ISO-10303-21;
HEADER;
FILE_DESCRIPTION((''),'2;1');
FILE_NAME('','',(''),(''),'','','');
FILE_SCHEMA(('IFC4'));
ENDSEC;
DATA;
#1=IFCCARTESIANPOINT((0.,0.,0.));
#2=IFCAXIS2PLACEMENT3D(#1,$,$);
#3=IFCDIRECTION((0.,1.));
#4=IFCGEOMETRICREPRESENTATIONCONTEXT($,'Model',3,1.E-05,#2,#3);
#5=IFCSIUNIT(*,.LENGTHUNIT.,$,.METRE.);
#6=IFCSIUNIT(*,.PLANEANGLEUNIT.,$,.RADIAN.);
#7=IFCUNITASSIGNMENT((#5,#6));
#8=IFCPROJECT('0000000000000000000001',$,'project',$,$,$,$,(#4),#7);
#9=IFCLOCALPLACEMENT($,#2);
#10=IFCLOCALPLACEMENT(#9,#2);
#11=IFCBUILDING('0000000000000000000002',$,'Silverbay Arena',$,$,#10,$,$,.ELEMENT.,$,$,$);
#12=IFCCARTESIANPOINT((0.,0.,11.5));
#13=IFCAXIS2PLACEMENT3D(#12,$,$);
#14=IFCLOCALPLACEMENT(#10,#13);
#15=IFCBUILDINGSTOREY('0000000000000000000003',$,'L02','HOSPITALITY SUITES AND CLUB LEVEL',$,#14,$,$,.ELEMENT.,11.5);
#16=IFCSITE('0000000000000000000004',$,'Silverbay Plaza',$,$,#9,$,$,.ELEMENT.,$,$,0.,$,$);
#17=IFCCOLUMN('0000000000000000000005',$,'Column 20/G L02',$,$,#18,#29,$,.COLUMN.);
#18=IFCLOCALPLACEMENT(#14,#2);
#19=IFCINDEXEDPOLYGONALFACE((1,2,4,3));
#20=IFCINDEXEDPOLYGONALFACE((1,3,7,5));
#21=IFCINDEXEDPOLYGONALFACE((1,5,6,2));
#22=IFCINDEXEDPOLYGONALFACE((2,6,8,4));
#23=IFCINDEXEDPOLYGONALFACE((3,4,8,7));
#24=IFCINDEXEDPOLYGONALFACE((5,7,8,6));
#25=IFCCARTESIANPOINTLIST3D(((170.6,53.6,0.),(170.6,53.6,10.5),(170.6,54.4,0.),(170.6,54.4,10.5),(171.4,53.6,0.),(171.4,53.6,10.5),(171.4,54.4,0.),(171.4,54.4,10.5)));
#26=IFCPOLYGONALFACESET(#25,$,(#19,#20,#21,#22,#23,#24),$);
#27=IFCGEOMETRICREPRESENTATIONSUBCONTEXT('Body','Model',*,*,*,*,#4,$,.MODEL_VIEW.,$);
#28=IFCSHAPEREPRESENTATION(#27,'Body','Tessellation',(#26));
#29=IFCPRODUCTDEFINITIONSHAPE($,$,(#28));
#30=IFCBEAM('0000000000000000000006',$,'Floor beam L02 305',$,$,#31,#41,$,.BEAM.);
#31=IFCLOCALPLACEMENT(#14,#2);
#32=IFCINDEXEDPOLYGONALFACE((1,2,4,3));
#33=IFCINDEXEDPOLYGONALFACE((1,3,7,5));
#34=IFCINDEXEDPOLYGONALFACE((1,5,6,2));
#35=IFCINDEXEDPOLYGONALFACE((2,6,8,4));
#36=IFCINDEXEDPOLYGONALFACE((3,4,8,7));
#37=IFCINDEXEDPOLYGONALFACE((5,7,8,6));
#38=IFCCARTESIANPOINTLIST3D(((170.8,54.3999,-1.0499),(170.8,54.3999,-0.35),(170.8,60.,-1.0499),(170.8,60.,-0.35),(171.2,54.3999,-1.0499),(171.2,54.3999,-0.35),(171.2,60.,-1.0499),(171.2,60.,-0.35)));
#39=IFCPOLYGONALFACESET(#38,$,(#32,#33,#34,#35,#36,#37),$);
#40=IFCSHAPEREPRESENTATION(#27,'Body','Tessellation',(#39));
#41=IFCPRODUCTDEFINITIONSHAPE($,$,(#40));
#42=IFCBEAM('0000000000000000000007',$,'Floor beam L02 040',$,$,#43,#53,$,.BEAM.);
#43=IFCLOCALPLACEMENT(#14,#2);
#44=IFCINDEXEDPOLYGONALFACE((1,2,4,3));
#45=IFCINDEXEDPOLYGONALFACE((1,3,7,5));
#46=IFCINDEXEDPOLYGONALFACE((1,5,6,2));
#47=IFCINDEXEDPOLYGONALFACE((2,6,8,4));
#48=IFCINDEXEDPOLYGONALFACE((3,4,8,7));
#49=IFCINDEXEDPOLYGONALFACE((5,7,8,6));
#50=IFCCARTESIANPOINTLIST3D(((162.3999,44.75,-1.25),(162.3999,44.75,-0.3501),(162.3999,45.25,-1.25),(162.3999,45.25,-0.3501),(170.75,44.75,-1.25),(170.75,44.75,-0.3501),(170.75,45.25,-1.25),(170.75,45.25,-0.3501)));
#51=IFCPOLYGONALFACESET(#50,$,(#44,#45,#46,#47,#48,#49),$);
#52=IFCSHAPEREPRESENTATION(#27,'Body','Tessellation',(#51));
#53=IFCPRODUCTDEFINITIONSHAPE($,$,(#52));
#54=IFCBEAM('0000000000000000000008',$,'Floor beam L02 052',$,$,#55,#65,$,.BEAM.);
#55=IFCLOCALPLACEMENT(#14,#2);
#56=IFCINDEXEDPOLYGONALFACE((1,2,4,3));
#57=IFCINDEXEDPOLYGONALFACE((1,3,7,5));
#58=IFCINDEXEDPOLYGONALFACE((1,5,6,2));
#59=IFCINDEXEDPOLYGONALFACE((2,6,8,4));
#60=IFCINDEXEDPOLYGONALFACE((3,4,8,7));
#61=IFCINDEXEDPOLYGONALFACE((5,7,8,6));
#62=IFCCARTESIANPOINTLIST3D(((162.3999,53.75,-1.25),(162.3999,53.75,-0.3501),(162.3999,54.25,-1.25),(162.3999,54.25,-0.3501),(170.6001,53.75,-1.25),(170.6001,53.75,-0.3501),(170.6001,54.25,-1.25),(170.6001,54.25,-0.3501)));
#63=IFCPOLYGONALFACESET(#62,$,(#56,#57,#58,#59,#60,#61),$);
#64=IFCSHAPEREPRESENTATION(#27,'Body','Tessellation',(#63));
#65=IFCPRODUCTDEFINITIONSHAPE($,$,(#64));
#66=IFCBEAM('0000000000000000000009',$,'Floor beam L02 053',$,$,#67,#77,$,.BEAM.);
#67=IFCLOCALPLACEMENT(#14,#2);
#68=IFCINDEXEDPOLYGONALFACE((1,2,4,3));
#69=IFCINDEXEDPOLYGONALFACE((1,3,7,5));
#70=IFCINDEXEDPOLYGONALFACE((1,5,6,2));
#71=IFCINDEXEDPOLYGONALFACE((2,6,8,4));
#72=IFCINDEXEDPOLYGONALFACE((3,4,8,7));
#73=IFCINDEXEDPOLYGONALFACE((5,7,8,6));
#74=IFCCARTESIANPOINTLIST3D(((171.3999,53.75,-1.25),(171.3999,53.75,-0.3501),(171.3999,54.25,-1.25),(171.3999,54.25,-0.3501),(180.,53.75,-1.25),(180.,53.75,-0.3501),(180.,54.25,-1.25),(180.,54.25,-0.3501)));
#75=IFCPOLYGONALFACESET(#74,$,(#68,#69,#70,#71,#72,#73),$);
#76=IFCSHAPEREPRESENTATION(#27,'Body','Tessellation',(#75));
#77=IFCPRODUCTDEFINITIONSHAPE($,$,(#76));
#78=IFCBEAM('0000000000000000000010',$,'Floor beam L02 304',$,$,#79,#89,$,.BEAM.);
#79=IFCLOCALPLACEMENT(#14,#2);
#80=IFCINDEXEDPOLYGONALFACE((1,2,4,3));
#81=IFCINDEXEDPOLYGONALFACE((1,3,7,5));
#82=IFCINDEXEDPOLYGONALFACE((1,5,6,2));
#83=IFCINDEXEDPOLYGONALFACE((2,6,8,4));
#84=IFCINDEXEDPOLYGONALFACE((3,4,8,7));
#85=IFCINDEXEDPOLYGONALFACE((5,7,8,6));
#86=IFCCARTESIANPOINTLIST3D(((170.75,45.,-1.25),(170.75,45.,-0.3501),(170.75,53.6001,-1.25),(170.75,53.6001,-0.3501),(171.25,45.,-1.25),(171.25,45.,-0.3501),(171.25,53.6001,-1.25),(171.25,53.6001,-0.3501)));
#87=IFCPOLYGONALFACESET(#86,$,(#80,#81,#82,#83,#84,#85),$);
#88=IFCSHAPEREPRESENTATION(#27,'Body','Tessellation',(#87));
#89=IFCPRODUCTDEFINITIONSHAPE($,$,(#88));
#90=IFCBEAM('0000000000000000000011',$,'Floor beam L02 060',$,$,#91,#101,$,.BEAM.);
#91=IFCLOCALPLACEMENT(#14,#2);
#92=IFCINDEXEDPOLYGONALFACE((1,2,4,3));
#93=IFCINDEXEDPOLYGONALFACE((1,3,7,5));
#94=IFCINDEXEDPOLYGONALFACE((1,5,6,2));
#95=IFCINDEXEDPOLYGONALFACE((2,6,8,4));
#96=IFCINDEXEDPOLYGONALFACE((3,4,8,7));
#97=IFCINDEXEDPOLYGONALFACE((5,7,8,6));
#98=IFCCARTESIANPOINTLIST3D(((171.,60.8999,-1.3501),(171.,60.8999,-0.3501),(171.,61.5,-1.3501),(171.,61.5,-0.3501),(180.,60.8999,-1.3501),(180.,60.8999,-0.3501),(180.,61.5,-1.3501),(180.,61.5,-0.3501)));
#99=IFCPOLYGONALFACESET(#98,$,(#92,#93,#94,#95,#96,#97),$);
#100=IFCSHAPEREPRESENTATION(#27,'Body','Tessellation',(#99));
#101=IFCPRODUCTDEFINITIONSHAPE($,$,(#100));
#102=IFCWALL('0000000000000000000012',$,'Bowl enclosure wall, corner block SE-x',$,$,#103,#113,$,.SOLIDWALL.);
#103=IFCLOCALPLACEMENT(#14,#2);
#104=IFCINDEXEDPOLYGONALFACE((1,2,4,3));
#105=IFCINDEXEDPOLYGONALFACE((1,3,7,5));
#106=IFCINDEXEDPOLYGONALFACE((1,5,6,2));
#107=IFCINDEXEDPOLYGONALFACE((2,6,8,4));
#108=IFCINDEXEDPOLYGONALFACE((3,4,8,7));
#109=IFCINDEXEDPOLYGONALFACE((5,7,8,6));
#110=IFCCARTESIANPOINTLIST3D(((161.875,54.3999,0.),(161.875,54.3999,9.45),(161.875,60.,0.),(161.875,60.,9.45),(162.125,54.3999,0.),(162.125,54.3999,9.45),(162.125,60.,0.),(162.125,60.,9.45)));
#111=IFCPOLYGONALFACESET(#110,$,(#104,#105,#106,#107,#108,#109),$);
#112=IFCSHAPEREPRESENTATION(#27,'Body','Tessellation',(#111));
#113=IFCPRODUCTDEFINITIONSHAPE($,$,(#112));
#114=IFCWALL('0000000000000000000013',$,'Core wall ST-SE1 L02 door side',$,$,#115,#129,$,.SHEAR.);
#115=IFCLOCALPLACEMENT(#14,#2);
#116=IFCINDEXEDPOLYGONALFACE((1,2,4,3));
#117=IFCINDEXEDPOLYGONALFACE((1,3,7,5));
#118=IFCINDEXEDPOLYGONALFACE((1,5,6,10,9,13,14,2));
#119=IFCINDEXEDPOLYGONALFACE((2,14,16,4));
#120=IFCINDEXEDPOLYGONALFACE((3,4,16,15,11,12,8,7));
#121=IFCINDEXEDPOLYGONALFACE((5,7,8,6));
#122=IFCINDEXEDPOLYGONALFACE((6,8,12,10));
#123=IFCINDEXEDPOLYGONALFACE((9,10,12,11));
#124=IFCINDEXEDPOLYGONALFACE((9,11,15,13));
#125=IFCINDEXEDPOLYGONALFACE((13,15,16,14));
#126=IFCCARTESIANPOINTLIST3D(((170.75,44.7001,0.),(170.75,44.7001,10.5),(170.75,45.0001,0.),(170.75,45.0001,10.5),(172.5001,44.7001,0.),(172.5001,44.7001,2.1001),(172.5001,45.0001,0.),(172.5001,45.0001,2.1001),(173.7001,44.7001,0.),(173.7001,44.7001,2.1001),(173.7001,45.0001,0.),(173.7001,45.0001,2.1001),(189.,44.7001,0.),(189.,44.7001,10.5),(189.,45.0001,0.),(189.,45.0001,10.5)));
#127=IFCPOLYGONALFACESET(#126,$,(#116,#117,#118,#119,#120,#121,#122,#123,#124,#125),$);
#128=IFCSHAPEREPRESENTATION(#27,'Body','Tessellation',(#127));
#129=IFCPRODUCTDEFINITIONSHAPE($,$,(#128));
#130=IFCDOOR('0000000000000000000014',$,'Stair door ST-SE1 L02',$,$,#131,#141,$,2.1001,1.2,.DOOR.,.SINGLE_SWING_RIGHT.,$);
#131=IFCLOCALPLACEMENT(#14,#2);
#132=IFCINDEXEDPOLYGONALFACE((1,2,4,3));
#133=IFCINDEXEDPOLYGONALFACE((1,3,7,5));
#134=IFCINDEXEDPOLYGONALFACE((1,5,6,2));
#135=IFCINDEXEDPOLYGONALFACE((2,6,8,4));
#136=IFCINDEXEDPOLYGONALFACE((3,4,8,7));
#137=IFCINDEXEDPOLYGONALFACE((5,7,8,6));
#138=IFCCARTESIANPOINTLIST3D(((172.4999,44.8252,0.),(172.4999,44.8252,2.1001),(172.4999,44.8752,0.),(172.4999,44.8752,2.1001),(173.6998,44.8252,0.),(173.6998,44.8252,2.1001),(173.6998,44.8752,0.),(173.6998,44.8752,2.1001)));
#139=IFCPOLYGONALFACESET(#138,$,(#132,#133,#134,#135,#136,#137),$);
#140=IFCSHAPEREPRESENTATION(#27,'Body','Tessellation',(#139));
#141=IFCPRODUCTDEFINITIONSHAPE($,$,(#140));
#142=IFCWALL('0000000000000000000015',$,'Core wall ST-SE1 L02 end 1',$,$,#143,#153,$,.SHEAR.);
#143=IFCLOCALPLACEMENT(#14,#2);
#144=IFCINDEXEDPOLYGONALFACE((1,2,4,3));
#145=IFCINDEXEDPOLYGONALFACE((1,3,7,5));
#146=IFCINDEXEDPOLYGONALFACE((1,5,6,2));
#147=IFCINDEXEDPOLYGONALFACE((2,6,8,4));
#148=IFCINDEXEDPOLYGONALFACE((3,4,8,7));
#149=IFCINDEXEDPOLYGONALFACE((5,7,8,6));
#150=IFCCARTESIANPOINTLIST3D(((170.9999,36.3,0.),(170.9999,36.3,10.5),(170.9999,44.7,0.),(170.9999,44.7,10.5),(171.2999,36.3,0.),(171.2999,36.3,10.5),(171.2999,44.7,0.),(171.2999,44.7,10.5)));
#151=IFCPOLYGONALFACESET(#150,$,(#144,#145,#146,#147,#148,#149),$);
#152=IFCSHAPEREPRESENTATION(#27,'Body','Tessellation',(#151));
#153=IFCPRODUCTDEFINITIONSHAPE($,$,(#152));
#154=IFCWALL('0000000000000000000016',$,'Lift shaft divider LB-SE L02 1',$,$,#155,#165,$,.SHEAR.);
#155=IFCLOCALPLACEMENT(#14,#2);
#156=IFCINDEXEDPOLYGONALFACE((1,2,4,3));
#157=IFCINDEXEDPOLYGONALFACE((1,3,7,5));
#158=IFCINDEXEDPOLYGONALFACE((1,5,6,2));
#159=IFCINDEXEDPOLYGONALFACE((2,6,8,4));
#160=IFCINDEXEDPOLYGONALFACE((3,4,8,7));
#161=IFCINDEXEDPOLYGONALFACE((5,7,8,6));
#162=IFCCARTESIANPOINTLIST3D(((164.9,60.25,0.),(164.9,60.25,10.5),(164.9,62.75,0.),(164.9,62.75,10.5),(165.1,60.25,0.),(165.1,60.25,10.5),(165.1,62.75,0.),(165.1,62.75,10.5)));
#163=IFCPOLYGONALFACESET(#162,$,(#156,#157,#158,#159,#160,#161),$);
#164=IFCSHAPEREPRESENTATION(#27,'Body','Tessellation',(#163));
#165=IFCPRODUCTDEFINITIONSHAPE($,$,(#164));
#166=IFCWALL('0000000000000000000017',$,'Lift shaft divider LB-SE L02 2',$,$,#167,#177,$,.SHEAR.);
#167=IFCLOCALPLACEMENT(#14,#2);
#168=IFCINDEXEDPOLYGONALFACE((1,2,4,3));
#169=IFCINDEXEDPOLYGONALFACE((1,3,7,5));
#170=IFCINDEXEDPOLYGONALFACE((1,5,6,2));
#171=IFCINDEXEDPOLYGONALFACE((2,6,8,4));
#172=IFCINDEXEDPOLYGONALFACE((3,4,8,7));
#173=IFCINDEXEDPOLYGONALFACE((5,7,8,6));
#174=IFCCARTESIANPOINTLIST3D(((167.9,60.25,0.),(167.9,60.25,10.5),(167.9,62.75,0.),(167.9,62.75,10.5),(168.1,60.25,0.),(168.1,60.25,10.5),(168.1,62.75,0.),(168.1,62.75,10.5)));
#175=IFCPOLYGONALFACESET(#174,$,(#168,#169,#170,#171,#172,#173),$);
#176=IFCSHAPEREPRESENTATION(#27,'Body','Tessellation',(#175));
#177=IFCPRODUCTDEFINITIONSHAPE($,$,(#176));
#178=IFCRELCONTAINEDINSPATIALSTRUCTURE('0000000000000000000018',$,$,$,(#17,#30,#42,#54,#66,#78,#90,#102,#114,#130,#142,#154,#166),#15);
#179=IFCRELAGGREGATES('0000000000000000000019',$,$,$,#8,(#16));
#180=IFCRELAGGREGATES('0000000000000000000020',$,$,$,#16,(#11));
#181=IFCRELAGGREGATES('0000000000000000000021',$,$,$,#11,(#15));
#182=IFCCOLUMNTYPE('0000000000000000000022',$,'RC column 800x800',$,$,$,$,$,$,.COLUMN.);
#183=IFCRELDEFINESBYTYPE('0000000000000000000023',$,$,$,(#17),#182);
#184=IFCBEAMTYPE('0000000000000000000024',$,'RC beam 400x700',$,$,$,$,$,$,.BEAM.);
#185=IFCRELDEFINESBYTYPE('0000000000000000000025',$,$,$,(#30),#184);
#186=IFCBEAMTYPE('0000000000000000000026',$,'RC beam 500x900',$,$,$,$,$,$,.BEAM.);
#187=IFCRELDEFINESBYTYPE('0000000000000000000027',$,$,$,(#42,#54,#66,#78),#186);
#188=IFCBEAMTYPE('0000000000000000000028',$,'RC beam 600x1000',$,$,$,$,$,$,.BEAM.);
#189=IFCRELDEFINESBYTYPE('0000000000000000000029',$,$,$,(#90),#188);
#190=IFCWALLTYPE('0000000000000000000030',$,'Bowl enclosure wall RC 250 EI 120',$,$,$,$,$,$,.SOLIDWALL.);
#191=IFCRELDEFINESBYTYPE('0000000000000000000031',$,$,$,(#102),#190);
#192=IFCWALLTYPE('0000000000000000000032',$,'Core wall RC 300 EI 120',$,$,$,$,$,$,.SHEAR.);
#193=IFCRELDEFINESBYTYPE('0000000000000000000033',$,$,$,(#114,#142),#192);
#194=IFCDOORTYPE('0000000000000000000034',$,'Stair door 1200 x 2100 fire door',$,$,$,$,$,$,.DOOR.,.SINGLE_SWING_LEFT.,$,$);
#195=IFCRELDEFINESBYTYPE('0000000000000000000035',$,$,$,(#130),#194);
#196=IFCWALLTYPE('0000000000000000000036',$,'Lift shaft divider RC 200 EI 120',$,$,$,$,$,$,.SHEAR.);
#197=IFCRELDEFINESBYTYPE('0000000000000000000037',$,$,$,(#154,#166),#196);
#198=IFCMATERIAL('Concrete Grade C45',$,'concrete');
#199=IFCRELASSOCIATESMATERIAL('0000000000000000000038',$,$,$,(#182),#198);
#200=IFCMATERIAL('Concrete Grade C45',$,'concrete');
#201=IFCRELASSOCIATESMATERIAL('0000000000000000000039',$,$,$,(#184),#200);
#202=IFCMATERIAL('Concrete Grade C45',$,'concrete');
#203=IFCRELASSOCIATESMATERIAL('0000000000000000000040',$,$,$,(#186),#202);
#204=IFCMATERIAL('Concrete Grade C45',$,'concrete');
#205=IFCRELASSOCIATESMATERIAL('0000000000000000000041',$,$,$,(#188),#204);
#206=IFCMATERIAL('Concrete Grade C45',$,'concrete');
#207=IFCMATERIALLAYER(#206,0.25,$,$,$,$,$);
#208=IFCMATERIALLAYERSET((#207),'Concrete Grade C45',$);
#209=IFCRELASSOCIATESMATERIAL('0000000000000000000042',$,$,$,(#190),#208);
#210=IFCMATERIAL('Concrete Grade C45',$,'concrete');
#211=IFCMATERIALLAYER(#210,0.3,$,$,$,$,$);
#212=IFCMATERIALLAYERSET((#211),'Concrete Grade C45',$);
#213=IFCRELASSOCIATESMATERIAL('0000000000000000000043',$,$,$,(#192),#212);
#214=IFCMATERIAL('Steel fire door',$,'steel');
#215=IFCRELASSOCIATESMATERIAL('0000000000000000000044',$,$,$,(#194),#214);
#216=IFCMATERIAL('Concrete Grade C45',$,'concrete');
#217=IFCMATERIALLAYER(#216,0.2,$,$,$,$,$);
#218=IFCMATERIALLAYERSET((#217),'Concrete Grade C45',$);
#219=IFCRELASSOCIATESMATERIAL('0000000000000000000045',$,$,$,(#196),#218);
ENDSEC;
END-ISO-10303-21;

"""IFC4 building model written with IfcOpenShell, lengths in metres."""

from ifc_helpers import new_model, si_unit, direction, frame, frame_2d, origin, origin_2d, place, context, subcontext, project, spatial, rectangle, extrude, material, layer, layer_set, material_profile, profile_set, type_object, element, fill, save


model = new_model("IFC4")

# Units and contexts
model_context = context("Model", 3, precision=1e-05, world=origin(), true_north=direction((0.0, 1.0)))
body_context = subcontext(model_context, "Body", "Model", "MODEL_VIEW")
ifc_project = project(units=[si_unit("LENGTHUNIT", "METRE"), si_unit("PLANEANGLEUNIT", "RADIAN")], contexts=[model_context])

# Site, building, storey
site_placement = place(None, origin())
site = spatial("IfcSite", under=ifc_project, at=site_placement, Name="Silverbay Plaza", CompositionType="ELEMENT", RefElevation=0.0)
building_placement = place(site_placement, origin())
building = spatial("IfcBuilding", under=site, at=building_placement, Name="Silverbay Arena", CompositionType="ELEMENT")
storey_placement = place(building_placement, frame((0.0, 0.0, 11.5)))
storey = spatial("IfcBuildingStorey", under=building, at=storey_placement, Name="L02", Description="HOSPITALITY SUITES AND CLUB LEVEL", CompositionType="ELEMENT", Elevation=11.5)

# Column
ifc_material_1 = material(Name="Concrete Grade C45", Category="concrete")
ifc_material_profile_1 = material_profile(ifc_material_1, rectangle(XDim=0.8, YDim=0.8, at=origin_2d()), Name="RC 800x800")
ifc_profile_set_1 = profile_set([ifc_material_profile_1], Name="Concrete Grade C45")
column_type = type_object("IfcColumnType", Name="RC column 800x800", PredefinedType="COLUMN", material=ifc_profile_set_1)
column_placement = place(storey_placement, frame((171.0, 54.0, 0.0), z_axis=(0.0, 0.0, 1.0), x_axis=(1.0, 0.0, 0.0)))
element("IfcColumn", 1, at=column_placement, inside=storey, type_object=column_type, Name="Column 20/G L02", PredefinedType="COLUMN", context=body_context, shape_type="SweptSolid", body=[
    extrude(rectangle(XDim=0.8, YDim=0.8, at=origin_2d()), origin(), (0.0, 0.0, 1.0), 10.5),
])

# Beams
ifc_material_2 = material(Name="Concrete Grade C45", Category="concrete")
ifc_material_profile_2 = material_profile(ifc_material_2, rectangle(XDim=0.3999, YDim=0.7, at=origin_2d()), Name="RC 400x700")
ifc_profile_set_2 = profile_set([ifc_material_profile_2], Name="Concrete Grade C45")
beam_type_1 = type_object("IfcBeamType", Name="RC beam 400x700", PredefinedType="BEAM", material=ifc_profile_set_2)
beam_1_placement = place(storey_placement, frame((171.0, 54.3999, -0.7), z_axis=(0.0, 1.0, 0.0), x_axis=(-1.0, 0.0, 0.0)))
element("IfcBeam", 2, at=beam_1_placement, inside=storey, type_object=beam_type_1, Name="Floor beam L02 305", PredefinedType="BEAM", context=body_context, shape_type="SweptSolid", body=[
    extrude(rectangle(XDim=0.3999, YDim=0.7, at=origin_2d()), origin(), (0.0, 0.0, 1.0), 5.6001),
])
ifc_material_3 = material(Name="Concrete Grade C45", Category="concrete")
ifc_material_profile_3 = material_profile(ifc_material_3, rectangle(XDim=0.5, YDim=0.8999, at=origin_2d()), Name="RC 500x900")
ifc_profile_set_3 = profile_set([ifc_material_profile_3], Name="Concrete Grade C45")
beam_type_2 = type_object("IfcBeamType", Name="RC beam 500x900", PredefinedType="BEAM", material=ifc_profile_set_3)
beam_2_placement = place(storey_placement, frame((162.3999, 45.0, -0.8), z_axis=(1.0, 0.0, 0.0), x_axis=(0.0, 1.0, 0.0)))
element("IfcBeam", 3, at=beam_2_placement, inside=storey, type_object=beam_type_2, Name="Floor beam L02 040", PredefinedType="BEAM", context=body_context, shape_type="SweptSolid", body=[
    extrude(rectangle(XDim=0.5, YDim=0.8999, at=origin_2d()), origin(), (0.0, 0.0, 1.0), 8.3501),
])
beam_3_placement = place(storey_placement, frame((162.3999, 54.0, -0.8), z_axis=(1.0, 0.0, 0.0), x_axis=(0.0, 1.0, 0.0)))
element("IfcBeam", 4, at=beam_3_placement, inside=storey, type_object=beam_type_2, Name="Floor beam L02 052", PredefinedType="BEAM", context=body_context, shape_type="SweptSolid", body=[
    extrude(rectangle(XDim=0.5, YDim=0.8999, at=origin_2d()), origin(), (0.0, 0.0, 1.0), 8.2002),
])
for number, where, z_axis, x_axis, name in (
    (5, (171.3999, 54.0, -0.8), (1.0, 0.0, 0.0), (0.0, 1.0, 0.0), "Floor beam L02 053"),
    (6, (171.0, 45.0, -0.8), (0.0, 1.0, 0.0), (-1.0, 0.0, 0.0), "Floor beam L02 304"),
):
    element("IfcBeam", number, at=place(storey_placement, frame(where, z_axis=z_axis, x_axis=x_axis)), inside=storey, type_object=beam_type_2, Name=name, PredefinedType="BEAM", context=body_context, shape_type="SweptSolid", body=[
        extrude(rectangle(XDim=0.5, YDim=0.8999, at=origin_2d()), origin(), (0.0, 0.0, 1.0), 8.6001),
    ])
ifc_material_4 = material(Name="Concrete Grade C45", Category="concrete")
ifc_material_profile_4 = material_profile(ifc_material_4, rectangle(XDim=0.6001, YDim=1.0, at=origin_2d()), Name="RC 600x1000")
ifc_profile_set_4 = profile_set([ifc_material_profile_4], Name="Concrete Grade C45")
beam_type_3 = type_object("IfcBeamType", Name="RC beam 600x1000", PredefinedType="BEAM", material=ifc_profile_set_4)
beam_4_placement = place(storey_placement, frame((171.0, 61.2, -0.8501), z_axis=(1.0, 0.0, 0.0), x_axis=(0.0, 1.0, 0.0)))
element("IfcBeam", 7, at=beam_4_placement, inside=storey, type_object=beam_type_3, Name="Floor beam L02 060", PredefinedType="BEAM", context=body_context, shape_type="SweptSolid", body=[
    extrude(rectangle(XDim=0.6001, YDim=1.0, at=origin_2d()), origin(), (0.0, 0.0, 1.0), 9.0),
])

# Wall
ifc_material_5 = material(Name="Concrete Grade C45", Category="concrete")
ifc_layer_1 = layer(ifc_material_5, 0.25)
ifc_layer_set_1 = layer_set([ifc_layer_1], Name="Concrete Grade C45")
wall_type_1 = type_object("IfcWallType", Name="Bowl enclosure wall RC 250 EI 120", PredefinedType="SOLIDWALL", material=ifc_layer_set_1)
wall_1_placement = place(storey_placement, frame((162.0, 54.3999, 0.0), z_axis=(0.0, 0.0, 1.0), x_axis=(0.0, 1.0, 0.0)))
element("IfcWall", 8, at=wall_1_placement, inside=storey, type_object=wall_type_1, Name="Bowl enclosure wall, corner block SE-x", PredefinedType="SOLIDWALL", context=body_context, shape_type="SweptSolid", body=[
    extrude(rectangle(XDim=5.6001, YDim=0.25, at=frame_2d((2.8, 0.0))), origin(), (0.0, 0.0, 1.0), 9.45),
])

# Wall, opening, door
ifc_material_6 = material(Name="Concrete Grade C45", Category="concrete")
ifc_layer_2 = layer(ifc_material_6, 0.3)
ifc_layer_set_2 = layer_set([ifc_layer_2], Name="Concrete Grade C45")
wall_type_2 = type_object("IfcWallType", Name="Core wall RC 300 EI 120", PredefinedType="SHEAR", material=ifc_layer_set_2)
wall_2_placement = place(storey_placement, frame((170.75, 44.8501, 0.0), z_axis=(0.0, 0.0, 1.0), x_axis=(1.0, 0.0, 0.0)))
wall_2 = element("IfcWall", 9, at=wall_2_placement, inside=storey, type_object=wall_type_2, Name="Core wall ST-SE1 L02 door side", PredefinedType="SHEAR", context=body_context, shape_type="SweptSolid", body=[
    extrude(rectangle(XDim=18.25, YDim=0.3, at=frame_2d((9.125, 0.0))), origin(), (0.0, 0.0, 1.0), 10.5),
])
opening_1_placement = place(wall_2_placement, frame((1.75, 0.0, 0.0)))
opening_1 = element("IfcOpeningElement", 10, at=opening_1_placement, cuts=wall_2, PredefinedType="OPENING", context=body_context, shape_type="SweptSolid", body=[
    extrude(rectangle(XDim=1.2, YDim=2.1001, at=frame_2d((0.6001, 1.05))), frame((0.0, 0.1602, 0.0), z_axis=(0.0, -1.0, 0.0), x_axis=(1.0, 0.0, 0.0)), (0.0, 0.0, 1.0), 0.3201),
])
ifc_material_7 = material(Name="Steel fire door", Category="steel")
door_type_1 = type_object("IfcDoorType", Name="Stair door 1200 x 2100 fire door", OperationType="SINGLE_SWING_LEFT", PredefinedType="DOOR", material=ifc_material_7)
door_1_placement = place(opening_1_placement, frame((1.2, 0.0, 0.0), z_axis=(0.0, 0.0, 1.0), x_axis=(-1.0, 0.0, 0.0)))
door_1 = element("IfcDoor", 11, at=door_1_placement, inside=storey, type_object=door_type_1, Name="Stair door ST-SE1 L02", OperationType="SINGLE_SWING_RIGHT", OverallHeight=2.1001, OverallWidth=1.2, PredefinedType="DOOR", context=body_context, shape_type="SweptSolid", body=[
    extrude(rectangle(XDim=1.2, YDim=2.1001, at=frame_2d((0.6001, 1.05))), frame((0.0, 0.0249, 0.0), z_axis=(0.0, -1.0, 0.0), x_axis=(1.0, 0.0, 0.0)), (0.0, 0.0, 1.0), 0.05),
])
fill(opening_1, door_1)

# Walls
wall_3_placement = place(storey_placement, frame((171.1499, 44.7, 0.0), z_axis=(0.0, 0.0, 1.0), x_axis=(0.0, -1.0, 0.0)))
element("IfcWall", 12, at=wall_3_placement, inside=storey, type_object=wall_type_2, Name="Core wall ST-SE1 L02 end 1", PredefinedType="SHEAR", context=body_context, shape_type="SweptSolid", body=[
    extrude(rectangle(XDim=8.3999, YDim=0.3, at=frame_2d((4.2, 0.0))), origin(), (0.0, 0.0, 1.0), 10.5),
])
ifc_material_8 = material(Name="Concrete Grade C45", Category="concrete")
ifc_layer_3 = layer(ifc_material_8, 0.2)
ifc_layer_set_3 = layer_set([ifc_layer_3], Name="Concrete Grade C45")
wall_type_3 = type_object("IfcWallType", Name="Lift shaft divider RC 200 EI 120", PredefinedType="SHEAR", material=ifc_layer_set_3)
for number, where, z_axis, x_axis, name in (
    (13, (165.0, 60.25, 0.0), (0.0, 0.0, 1.0), (0.0, 1.0, 0.0), "Lift shaft divider LB-SE L02 1"),
    (14, (168.0, 60.25, 0.0), (0.0, 0.0, 1.0), (0.0, 1.0, 0.0), "Lift shaft divider LB-SE L02 2"),
):
    element("IfcWall", number, at=place(storey_placement, frame(where, z_axis=z_axis, x_axis=x_axis)), inside=storey, type_object=wall_type_3, Name=name, PredefinedType="SHEAR", context=body_context, shape_type="SweptSolid", body=[
        extrude(rectangle(XDim=2.5, YDim=0.2, at=frame_2d((1.25, 0.0))), origin(), (0.0, 0.0, 1.0), 10.5),
    ])

save(model, "model.ifc")
